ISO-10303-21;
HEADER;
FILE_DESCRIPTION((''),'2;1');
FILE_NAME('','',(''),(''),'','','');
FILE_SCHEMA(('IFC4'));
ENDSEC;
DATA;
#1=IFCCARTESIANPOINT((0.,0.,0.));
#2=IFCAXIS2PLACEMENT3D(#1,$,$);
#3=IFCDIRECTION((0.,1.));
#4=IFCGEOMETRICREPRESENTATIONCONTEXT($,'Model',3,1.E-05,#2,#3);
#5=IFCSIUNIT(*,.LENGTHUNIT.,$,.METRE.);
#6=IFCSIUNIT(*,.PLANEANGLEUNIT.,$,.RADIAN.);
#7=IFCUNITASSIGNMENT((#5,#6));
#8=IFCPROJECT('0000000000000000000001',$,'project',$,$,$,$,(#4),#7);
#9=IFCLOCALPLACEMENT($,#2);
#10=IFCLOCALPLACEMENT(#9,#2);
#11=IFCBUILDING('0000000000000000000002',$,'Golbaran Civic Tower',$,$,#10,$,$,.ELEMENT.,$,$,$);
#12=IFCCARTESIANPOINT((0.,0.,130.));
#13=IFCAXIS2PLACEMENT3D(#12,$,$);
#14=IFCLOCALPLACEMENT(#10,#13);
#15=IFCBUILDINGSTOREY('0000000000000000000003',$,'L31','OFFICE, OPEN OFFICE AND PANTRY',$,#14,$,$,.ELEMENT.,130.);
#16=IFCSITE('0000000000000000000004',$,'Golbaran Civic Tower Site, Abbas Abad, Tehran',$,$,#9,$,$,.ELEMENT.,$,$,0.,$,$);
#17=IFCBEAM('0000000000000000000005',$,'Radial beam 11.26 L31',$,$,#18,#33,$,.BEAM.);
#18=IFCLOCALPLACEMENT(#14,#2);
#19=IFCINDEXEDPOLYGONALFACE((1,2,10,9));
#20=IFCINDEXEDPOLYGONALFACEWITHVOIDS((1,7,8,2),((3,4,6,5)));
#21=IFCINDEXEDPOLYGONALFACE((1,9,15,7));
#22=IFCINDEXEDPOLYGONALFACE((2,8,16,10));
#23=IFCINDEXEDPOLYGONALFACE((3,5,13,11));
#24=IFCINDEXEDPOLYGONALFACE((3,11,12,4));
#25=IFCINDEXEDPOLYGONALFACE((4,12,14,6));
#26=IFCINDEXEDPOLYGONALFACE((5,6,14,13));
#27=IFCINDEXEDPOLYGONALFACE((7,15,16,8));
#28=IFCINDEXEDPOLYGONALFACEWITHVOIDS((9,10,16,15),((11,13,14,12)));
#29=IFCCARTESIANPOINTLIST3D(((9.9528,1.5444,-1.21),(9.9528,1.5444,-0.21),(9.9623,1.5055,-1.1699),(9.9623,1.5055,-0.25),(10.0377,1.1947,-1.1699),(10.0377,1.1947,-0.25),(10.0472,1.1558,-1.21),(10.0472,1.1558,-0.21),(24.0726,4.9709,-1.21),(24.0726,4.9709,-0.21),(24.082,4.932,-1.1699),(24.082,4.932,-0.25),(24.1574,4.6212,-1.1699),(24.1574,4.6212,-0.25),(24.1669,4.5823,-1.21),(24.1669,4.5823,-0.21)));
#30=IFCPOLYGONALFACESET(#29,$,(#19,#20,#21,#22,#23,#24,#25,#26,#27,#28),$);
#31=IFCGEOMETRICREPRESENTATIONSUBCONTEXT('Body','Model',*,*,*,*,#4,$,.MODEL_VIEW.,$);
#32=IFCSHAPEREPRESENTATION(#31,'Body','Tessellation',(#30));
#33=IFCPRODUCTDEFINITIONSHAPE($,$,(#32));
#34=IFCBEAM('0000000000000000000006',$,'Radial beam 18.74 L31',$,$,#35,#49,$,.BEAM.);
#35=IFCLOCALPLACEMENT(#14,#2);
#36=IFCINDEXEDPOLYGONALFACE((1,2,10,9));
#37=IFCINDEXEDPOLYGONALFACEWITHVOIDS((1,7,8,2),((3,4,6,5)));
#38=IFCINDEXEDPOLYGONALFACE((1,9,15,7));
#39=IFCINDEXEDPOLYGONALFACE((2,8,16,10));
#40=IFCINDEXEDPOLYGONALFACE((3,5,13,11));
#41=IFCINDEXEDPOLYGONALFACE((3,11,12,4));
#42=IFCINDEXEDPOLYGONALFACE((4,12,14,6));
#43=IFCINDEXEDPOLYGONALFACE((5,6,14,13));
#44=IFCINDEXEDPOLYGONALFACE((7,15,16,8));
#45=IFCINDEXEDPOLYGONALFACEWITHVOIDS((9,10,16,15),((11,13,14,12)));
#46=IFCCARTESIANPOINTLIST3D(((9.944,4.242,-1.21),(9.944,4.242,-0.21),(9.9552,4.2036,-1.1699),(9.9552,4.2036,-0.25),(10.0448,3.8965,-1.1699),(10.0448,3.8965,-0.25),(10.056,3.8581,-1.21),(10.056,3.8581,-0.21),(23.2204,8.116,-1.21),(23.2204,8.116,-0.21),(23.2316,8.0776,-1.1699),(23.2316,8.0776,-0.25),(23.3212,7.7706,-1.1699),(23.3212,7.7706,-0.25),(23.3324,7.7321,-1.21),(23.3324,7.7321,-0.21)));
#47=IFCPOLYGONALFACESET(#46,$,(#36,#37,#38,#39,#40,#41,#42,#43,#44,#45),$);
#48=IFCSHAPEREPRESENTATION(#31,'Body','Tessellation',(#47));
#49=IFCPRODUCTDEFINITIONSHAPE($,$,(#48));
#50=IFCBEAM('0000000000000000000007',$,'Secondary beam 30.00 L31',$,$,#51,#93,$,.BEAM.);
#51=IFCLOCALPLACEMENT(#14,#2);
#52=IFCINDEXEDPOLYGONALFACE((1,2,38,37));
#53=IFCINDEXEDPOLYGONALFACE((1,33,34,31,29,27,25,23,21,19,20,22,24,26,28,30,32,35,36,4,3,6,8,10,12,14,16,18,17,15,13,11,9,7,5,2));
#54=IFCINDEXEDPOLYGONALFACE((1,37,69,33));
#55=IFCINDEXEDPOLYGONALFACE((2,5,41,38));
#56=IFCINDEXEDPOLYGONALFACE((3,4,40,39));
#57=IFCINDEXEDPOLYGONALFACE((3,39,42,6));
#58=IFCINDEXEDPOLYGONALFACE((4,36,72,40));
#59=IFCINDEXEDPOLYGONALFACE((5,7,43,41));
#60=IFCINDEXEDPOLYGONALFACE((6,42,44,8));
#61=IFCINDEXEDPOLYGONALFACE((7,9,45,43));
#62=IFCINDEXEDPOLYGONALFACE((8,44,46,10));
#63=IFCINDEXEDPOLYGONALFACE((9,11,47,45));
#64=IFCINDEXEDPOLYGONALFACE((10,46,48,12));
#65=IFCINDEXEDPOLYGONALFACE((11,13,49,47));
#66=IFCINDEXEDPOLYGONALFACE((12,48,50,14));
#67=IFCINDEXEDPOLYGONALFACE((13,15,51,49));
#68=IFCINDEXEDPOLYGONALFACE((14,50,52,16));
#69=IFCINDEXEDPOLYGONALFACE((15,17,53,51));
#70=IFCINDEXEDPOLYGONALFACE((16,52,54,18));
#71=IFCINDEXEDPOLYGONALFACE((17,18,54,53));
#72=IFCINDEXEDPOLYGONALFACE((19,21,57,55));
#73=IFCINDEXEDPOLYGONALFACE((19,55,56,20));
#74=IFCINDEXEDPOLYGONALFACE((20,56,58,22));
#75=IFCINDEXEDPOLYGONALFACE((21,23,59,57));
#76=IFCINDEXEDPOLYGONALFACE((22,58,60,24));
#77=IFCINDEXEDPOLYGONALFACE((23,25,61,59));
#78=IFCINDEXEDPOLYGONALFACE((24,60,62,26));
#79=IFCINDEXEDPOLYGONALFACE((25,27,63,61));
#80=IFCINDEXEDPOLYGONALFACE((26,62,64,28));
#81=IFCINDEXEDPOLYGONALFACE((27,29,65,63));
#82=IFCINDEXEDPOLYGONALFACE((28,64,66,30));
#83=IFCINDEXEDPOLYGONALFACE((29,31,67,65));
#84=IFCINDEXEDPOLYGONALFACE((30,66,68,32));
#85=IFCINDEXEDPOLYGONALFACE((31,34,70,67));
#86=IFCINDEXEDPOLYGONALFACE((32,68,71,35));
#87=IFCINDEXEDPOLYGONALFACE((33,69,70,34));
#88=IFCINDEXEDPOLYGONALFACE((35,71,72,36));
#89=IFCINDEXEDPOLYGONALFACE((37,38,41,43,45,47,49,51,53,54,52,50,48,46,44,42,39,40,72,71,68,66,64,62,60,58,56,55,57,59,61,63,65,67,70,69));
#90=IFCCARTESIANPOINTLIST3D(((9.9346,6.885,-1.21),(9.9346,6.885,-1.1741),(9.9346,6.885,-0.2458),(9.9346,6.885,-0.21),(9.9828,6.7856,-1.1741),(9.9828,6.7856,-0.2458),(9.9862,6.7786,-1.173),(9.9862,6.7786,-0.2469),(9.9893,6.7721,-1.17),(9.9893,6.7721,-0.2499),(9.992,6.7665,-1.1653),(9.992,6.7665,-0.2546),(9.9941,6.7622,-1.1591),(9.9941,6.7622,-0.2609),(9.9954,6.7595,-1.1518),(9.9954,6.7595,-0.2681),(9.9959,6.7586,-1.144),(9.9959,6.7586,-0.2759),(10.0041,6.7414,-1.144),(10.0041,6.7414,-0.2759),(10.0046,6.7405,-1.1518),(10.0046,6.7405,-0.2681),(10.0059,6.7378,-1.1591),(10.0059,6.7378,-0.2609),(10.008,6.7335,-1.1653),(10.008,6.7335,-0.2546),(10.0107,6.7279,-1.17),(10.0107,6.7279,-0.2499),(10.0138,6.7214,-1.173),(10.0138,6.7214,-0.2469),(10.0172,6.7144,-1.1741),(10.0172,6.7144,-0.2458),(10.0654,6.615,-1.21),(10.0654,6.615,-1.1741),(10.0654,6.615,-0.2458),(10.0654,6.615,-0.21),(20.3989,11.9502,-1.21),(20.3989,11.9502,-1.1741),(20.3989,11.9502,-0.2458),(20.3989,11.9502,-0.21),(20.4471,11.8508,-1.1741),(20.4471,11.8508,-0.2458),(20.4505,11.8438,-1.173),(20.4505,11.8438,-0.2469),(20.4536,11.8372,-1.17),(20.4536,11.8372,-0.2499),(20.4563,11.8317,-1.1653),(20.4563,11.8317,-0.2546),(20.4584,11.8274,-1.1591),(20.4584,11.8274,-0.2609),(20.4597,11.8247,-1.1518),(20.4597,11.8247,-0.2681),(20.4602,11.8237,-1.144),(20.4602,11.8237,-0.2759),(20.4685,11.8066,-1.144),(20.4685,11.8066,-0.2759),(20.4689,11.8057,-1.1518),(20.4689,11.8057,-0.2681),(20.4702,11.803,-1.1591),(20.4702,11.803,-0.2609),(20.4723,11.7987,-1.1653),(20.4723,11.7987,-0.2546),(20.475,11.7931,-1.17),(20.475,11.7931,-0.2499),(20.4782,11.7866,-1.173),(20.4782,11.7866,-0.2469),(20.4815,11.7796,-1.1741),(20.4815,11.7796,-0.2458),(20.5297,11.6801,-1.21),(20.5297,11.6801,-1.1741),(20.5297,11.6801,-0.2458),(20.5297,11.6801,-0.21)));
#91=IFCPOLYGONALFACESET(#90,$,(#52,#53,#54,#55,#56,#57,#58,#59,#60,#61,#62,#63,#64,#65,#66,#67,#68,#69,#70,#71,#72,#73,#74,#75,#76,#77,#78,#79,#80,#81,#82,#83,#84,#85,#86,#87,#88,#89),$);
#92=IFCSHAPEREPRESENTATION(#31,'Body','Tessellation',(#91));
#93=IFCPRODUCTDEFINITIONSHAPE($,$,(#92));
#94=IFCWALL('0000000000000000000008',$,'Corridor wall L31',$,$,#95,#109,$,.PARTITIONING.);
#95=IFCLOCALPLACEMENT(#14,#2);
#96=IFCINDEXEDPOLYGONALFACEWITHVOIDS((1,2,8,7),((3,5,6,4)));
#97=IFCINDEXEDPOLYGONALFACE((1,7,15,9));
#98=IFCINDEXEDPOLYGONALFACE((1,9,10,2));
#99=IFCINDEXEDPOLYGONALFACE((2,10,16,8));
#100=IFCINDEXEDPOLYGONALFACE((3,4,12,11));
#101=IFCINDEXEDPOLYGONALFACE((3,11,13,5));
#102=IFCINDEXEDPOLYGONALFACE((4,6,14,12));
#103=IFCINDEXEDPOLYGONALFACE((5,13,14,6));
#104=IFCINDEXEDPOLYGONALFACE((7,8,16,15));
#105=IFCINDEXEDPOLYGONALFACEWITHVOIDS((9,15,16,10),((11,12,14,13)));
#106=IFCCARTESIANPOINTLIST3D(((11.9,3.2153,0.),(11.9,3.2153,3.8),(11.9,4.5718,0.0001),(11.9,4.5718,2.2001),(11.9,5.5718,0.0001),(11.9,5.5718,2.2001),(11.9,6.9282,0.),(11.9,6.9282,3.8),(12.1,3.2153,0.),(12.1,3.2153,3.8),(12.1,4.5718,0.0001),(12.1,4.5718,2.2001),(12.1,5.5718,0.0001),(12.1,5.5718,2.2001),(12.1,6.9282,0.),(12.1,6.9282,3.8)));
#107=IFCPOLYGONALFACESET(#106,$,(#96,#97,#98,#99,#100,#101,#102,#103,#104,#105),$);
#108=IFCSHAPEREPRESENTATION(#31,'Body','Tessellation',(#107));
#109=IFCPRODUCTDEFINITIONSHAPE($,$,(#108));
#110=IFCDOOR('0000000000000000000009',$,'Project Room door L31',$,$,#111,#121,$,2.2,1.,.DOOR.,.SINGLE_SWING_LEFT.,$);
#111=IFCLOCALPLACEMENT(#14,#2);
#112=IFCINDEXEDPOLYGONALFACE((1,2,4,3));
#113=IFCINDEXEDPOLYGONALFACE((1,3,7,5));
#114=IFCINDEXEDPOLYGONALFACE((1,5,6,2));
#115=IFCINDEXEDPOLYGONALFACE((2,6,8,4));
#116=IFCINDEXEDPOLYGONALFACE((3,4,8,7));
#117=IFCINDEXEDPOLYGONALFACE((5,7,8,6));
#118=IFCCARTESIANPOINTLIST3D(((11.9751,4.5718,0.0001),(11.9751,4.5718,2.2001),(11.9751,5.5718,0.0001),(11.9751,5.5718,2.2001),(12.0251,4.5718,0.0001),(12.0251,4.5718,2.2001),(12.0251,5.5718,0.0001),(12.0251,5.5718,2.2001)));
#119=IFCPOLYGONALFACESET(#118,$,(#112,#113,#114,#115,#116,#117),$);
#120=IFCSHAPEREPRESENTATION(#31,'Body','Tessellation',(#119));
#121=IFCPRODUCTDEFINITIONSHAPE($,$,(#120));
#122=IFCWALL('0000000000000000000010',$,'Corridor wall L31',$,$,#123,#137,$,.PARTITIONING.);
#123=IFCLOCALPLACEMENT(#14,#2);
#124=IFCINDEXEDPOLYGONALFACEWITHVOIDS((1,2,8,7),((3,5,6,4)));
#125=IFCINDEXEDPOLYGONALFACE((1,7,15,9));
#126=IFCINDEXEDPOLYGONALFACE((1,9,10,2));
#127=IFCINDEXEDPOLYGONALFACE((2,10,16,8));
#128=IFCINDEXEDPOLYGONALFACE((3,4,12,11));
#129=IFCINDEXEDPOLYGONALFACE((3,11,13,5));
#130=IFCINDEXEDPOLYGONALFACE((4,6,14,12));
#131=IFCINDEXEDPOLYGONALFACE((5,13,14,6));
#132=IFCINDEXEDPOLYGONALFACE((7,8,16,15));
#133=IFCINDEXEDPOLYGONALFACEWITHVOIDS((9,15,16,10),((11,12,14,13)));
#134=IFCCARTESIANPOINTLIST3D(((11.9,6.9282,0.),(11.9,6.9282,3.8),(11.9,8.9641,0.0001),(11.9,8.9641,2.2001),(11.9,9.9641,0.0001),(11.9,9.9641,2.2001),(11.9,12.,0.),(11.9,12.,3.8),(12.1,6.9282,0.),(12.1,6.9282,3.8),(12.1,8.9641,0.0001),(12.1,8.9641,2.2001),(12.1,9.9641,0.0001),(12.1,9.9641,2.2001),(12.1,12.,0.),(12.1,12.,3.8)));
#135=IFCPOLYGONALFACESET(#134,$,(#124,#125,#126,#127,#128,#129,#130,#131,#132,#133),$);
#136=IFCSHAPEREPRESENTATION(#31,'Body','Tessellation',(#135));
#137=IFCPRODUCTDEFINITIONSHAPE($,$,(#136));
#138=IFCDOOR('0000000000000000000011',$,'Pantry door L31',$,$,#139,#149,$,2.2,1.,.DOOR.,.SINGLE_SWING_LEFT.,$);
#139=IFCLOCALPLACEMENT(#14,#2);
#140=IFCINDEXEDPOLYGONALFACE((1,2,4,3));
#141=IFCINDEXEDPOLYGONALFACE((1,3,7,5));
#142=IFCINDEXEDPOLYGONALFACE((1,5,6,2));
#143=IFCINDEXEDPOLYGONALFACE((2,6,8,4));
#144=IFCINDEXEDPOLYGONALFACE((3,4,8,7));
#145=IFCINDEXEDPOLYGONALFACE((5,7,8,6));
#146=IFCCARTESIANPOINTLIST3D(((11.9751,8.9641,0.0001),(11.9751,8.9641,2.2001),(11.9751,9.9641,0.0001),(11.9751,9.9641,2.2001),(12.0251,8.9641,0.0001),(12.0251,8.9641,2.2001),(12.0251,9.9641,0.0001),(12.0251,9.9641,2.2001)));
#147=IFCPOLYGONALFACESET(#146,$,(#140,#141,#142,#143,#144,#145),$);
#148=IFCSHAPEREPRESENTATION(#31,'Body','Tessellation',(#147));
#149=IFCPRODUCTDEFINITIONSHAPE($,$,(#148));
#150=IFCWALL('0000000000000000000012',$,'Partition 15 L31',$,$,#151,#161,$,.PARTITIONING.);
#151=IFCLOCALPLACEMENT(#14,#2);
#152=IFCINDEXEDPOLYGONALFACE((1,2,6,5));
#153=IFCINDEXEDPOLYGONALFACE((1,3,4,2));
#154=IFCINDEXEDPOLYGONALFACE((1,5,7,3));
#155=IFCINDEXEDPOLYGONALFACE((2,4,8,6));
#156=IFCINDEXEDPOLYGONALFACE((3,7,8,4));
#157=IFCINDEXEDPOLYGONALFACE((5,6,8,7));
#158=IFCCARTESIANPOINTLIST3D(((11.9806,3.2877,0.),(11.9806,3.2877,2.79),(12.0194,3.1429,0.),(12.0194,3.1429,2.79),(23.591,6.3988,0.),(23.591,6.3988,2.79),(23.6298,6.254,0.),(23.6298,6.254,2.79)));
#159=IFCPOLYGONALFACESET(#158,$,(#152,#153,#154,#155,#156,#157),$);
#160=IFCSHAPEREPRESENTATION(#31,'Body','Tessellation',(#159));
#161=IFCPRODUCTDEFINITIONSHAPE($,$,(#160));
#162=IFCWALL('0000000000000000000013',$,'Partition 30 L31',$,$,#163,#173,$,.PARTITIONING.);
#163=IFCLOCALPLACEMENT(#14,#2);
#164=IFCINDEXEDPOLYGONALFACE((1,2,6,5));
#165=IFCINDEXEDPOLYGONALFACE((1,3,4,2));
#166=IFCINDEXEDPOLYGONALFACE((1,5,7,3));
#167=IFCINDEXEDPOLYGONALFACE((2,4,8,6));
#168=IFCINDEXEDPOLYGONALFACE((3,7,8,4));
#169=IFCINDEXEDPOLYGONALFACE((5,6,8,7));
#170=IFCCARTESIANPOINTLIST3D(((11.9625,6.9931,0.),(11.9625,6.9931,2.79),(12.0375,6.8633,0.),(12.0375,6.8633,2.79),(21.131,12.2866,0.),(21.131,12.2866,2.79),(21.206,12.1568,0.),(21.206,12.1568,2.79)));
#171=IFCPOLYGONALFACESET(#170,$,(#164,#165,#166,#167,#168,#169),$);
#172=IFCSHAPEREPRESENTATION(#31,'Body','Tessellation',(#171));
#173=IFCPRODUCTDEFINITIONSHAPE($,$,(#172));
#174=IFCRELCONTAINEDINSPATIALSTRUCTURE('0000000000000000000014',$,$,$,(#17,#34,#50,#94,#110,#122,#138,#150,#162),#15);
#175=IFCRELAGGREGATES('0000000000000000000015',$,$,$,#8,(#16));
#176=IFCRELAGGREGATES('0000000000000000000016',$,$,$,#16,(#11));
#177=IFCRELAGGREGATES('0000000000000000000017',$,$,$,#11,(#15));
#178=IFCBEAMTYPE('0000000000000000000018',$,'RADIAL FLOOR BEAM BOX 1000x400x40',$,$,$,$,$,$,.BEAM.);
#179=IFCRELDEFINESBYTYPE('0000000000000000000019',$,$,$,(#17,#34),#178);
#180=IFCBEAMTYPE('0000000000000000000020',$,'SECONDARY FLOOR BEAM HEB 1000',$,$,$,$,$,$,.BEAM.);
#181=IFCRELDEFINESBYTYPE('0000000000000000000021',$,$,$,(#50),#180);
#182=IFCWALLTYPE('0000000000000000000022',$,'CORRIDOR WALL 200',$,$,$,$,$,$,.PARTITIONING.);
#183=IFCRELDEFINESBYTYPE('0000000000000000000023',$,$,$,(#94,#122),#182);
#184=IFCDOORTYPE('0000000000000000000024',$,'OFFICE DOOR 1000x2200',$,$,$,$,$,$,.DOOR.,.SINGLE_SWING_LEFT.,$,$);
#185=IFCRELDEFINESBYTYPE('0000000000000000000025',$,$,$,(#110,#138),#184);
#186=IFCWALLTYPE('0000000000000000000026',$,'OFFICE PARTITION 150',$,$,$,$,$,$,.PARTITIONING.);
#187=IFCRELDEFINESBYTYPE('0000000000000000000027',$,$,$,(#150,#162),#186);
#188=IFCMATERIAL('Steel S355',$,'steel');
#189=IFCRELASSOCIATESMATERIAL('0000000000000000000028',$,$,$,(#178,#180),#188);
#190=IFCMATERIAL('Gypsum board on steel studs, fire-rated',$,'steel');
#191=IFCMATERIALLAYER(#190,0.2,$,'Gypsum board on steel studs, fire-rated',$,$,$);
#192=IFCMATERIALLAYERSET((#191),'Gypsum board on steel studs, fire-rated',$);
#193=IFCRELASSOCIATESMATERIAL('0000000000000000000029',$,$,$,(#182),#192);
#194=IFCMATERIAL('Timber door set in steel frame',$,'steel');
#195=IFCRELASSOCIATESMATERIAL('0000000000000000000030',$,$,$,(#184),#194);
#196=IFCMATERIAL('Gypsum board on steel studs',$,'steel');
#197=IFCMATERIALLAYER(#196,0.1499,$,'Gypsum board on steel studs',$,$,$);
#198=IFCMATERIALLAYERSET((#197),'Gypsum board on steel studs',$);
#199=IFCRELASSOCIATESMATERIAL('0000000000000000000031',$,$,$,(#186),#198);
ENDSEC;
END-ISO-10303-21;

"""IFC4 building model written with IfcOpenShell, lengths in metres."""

from ifc_helpers import new_model, si_unit, direction, frame, frame_2d, origin, origin_2d, place, context, subcontext, project, spatial, rectangle, hollow_rectangle, i_section, extrude, material, layer, layer_set, material_profile, profile_set, type_object, element, fill, save


model = new_model("IFC4")

# Units and contexts
model_context = context("Model", 3, precision=1e-05, world=origin(), true_north=direction((0.0, 1.0)))
body_context = subcontext(model_context, "Body", "Model", "MODEL_VIEW")
ifc_project = project(units=[si_unit("LENGTHUNIT", "METRE"), si_unit("PLANEANGLEUNIT", "RADIAN")], contexts=[model_context])

# Site, building, storey
site_placement = place(None, origin())
site = spatial("IfcSite", under=ifc_project, at=site_placement, Name="Golbaran Civic Tower Site, Abbas Abad, Tehran", CompositionType="ELEMENT", RefElevation=0.0)
building_placement = place(site_placement, origin())
building = spatial("IfcBuilding", under=site, at=building_placement, Name="Golbaran Civic Tower", CompositionType="ELEMENT")
storey_placement = place(building_placement, frame((0.0, 0.0, 130.0)))
storey = spatial("IfcBuildingStorey", under=building, at=storey_placement, Name="L31", Description="OFFICE, OPEN OFFICE AND PANTRY", CompositionType="ELEMENT", Elevation=130.0)

# Beams
ifc_material_1 = material(Name="Steel S355", Category="steel")
ifc_material_profile_1 = material_profile(ifc_material_1, hollow_rectangle(XDim=0.3999, YDim=1.0, WallThickness=0.04, at=origin_2d()), Name="BOX 1000x400x40")
ifc_profile_set_1 = profile_set([ifc_material_profile_1], Name="Steel S355")
beam_type_1 = type_object("IfcBeamType", Name="RADIAL FLOOR BEAM BOX 1000x400x40", PredefinedType="BEAM", material=ifc_profile_set_1)
beam_1_placement = place(storey_placement, frame((10.0, 1.3501, -0.71), z_axis=(0.971794, 0.235832, 0.0), x_axis=(-0.235832, 0.971794, 0.0)))
element("IfcBeam", 1, at=beam_1_placement, inside=storey, type_object=beam_type_1, Name="Radial beam 11.26 L31", PredefinedType="BEAM", context=body_context, shape_type="SweptSolid", body=[
    extrude(hollow_rectangle(XDim=0.3999, YDim=1.0, WallThickness=0.04, at=origin_2d()), origin(), (0.0, 0.0, 1.0), 14.5295),
])
beam_2_placement = place(storey_placement, frame((10.0, 4.05, -0.71), z_axis=(0.959966, 0.280117, 0.0), x_axis=(-0.280117, 0.959966, 0.0)))
element("IfcBeam", 2, at=beam_2_placement, inside=storey, type_object=beam_type_1, Name="Radial beam 18.74 L31", PredefinedType="BEAM", context=body_context, shape_type="SweptSolid", body=[
    extrude(hollow_rectangle(XDim=0.3999, YDim=1.0, WallThickness=0.04, at=origin_2d()), origin(), (0.0, 0.0, 1.0), 13.8301),
])
ifc_material_profile_2 = material_profile(ifc_material_1, i_section(OverallWidth=0.3, OverallDepth=1.0, WebThickness=0.019, FlangeThickness=0.0359, FilletRadius=0.03, at=origin_2d()), Name="HEB 1000")
ifc_profile_set_2 = profile_set([ifc_material_profile_2], Name="Steel S355")
beam_type_2 = type_object("IfcBeamType", Name="SECONDARY FLOOR BEAM HEB 1000", PredefinedType="BEAM", material=ifc_profile_set_2)
beam_3_placement = place(storey_placement, frame((10.0, 6.75, -0.71), z_axis=(0.900099, 0.435686, 0.0), x_axis=(-0.435686, 0.900099, 0.0)))
element("IfcBeam", 3, at=beam_3_placement, inside=storey, type_object=beam_type_2, Name="Secondary beam 30.00 L31", PredefinedType="BEAM", context=body_context, shape_type="SweptSolid", body=[
    extrude(i_section(OverallWidth=0.3, OverallDepth=1.0, WebThickness=0.019, FlangeThickness=0.0359, FilletRadius=0.03, at=origin_2d()), origin(), (0.0, 0.0, 1.0), 11.6257),
])

# Walls, openings, doors
ifc_material_2 = material(Name="Gypsum board on steel studs, fire-rated", Category="steel")
ifc_layer_1 = layer(ifc_material_2, 0.2, Name="Gypsum board on steel studs, fire-rated")
ifc_layer_set_1 = layer_set([ifc_layer_1], Name="Gypsum board on steel studs, fire-rated")
wall_type_1 = type_object("IfcWallType", Name="CORRIDOR WALL 200", PredefinedType="PARTITIONING", material=ifc_layer_set_1)
wall_1_placement = place(storey_placement, frame((12.0, 3.2153, 0.0), z_axis=(0.0, 0.0, 1.0), x_axis=(0.0, 1.0, 0.0)))
wall_1 = element("IfcWall", 4, at=wall_1_placement, inside=storey, type_object=wall_type_1, Name="Corridor wall L31", PredefinedType="PARTITIONING", context=body_context, shape_type="SweptSolid", body=[
    extrude(rectangle(XDim=3.7129, YDim=0.2, at=frame_2d((1.8564, 0.0))), origin(), (0.0, 0.0, 1.0), 3.8),
])
opening_1_placement = place(wall_1_placement, frame((1.3564, 0.0, 0.0)))
opening_1 = element("IfcOpeningElement", 5, at=opening_1_placement, cuts=wall_1, PredefinedType="OPENING", context=body_context, shape_type="SweptSolid", body=[
    extrude(rectangle(XDim=1.0, YDim=2.2, at=frame_2d((0.5, 1.1001))), frame((0.0, 0.1099, 0.0), z_axis=(0.0, -1.0, 0.0), x_axis=(1.0, 0.0, 0.0)), (0.0, 0.0, 1.0), 0.22),
])
ifc_material_3 = material(Name="Timber door set in steel frame", Category="steel")
door_type = type_object("IfcDoorType", Name="OFFICE DOOR 1000x2200", OperationType="SINGLE_SWING_LEFT", PredefinedType="DOOR", material=ifc_material_3)
door_1_placement = place(opening_1_placement, origin())
door_1 = element("IfcDoor", 6, at=door_1_placement, inside=storey, type_object=door_type, Name="Project Room door L31", OperationType="SINGLE_SWING_LEFT", OverallHeight=2.2, OverallWidth=1.0, PredefinedType="DOOR", context=body_context, shape_type="SweptSolid", body=[
    extrude(rectangle(XDim=1.0, YDim=2.2, at=frame_2d((0.5, 1.1001))), frame((0.0, 0.0249, 0.0), z_axis=(0.0, -1.0, 0.0), x_axis=(1.0, 0.0, 0.0)), (0.0, 0.0, 1.0), 0.05),
])
fill(opening_1, door_1)
wall_2_placement = place(storey_placement, frame((12.0, 6.9282, 0.0), z_axis=(0.0, 0.0, 1.0), x_axis=(0.0, 1.0, 0.0)))
wall_2 = element("IfcWall", 7, at=wall_2_placement, inside=storey, type_object=wall_type_1, Name="Corridor wall L31", PredefinedType="PARTITIONING", context=body_context, shape_type="SweptSolid", body=[
    extrude(rectangle(XDim=5.0718, YDim=0.2, at=frame_2d((2.5359, 0.0))), origin(), (0.0, 0.0, 1.0), 3.8),
])
opening_2_placement = place(wall_2_placement, frame((2.0359, 0.0, 0.0)))
opening_2 = element("IfcOpeningElement", 8, at=opening_2_placement, cuts=wall_2, PredefinedType="OPENING", context=body_context, shape_type="SweptSolid", body=[
    extrude(rectangle(XDim=1.0, YDim=2.2, at=frame_2d((0.5, 1.1001))), frame((0.0, 0.1099, 0.0), z_axis=(0.0, -1.0, 0.0), x_axis=(1.0, 0.0, 0.0)), (0.0, 0.0, 1.0), 0.22),
])
door_2_placement = place(opening_2_placement, origin())
door_2 = element("IfcDoor", 9, at=door_2_placement, inside=storey, type_object=door_type, Name="Pantry door L31", OperationType="SINGLE_SWING_LEFT", OverallHeight=2.2, OverallWidth=1.0, PredefinedType="DOOR", context=body_context, shape_type="SweptSolid", body=[
    extrude(rectangle(XDim=1.0, YDim=2.2, at=frame_2d((0.5, 1.1001))), frame((0.0, 0.0249, 0.0), z_axis=(0.0, -1.0, 0.0), x_axis=(1.0, 0.0, 0.0)), (0.0, 0.0, 1.0), 0.05),
])
fill(opening_2, door_2)

# Walls
ifc_material_4 = material(Name="Gypsum board on steel studs", Category="steel")
ifc_layer_2 = layer(ifc_material_4, 0.1499, Name="Gypsum board on steel studs")
ifc_layer_set_2 = layer_set([ifc_layer_2], Name="Gypsum board on steel studs")
wall_type_2 = type_object("IfcWallType", Name="OFFICE PARTITION 150", PredefinedType="PARTITIONING", material=ifc_layer_set_2)
wall_3_placement = place(storey_placement, frame((12.0, 3.2153, 0.0), z_axis=(0.0, 0.0, 1.0), x_axis=(0.965924, 0.258827, 0.0)))
element("IfcWall", 10, at=wall_3_placement, inside=storey, type_object=wall_type_2, Name="Partition 15 L31", PredefinedType="PARTITIONING", context=body_context, shape_type="SweptSolid", body=[
    extrude(rectangle(XDim=12.02, YDim=0.1499, at=frame_2d((6.01, 0.0))), origin(), (0.0, 0.0, 1.0), 2.79),
])
wall_4_placement = place(storey_placement, frame((12.0, 6.9282, 0.0), z_axis=(0.0, 0.0, 1.0), x_axis=(0.866024, 0.500003, 0.0)))
element("IfcWall", 11, at=wall_4_placement, inside=storey, type_object=wall_type_2, Name="Partition 30 L31", PredefinedType="PARTITIONING", context=body_context, shape_type="SweptSolid", body=[
    extrude(rectangle(XDim=10.5869, YDim=0.1499, at=frame_2d((5.2935, 0.0))), origin(), (0.0, 0.0, 1.0), 2.79),
])

save(model, "model.ifc")
